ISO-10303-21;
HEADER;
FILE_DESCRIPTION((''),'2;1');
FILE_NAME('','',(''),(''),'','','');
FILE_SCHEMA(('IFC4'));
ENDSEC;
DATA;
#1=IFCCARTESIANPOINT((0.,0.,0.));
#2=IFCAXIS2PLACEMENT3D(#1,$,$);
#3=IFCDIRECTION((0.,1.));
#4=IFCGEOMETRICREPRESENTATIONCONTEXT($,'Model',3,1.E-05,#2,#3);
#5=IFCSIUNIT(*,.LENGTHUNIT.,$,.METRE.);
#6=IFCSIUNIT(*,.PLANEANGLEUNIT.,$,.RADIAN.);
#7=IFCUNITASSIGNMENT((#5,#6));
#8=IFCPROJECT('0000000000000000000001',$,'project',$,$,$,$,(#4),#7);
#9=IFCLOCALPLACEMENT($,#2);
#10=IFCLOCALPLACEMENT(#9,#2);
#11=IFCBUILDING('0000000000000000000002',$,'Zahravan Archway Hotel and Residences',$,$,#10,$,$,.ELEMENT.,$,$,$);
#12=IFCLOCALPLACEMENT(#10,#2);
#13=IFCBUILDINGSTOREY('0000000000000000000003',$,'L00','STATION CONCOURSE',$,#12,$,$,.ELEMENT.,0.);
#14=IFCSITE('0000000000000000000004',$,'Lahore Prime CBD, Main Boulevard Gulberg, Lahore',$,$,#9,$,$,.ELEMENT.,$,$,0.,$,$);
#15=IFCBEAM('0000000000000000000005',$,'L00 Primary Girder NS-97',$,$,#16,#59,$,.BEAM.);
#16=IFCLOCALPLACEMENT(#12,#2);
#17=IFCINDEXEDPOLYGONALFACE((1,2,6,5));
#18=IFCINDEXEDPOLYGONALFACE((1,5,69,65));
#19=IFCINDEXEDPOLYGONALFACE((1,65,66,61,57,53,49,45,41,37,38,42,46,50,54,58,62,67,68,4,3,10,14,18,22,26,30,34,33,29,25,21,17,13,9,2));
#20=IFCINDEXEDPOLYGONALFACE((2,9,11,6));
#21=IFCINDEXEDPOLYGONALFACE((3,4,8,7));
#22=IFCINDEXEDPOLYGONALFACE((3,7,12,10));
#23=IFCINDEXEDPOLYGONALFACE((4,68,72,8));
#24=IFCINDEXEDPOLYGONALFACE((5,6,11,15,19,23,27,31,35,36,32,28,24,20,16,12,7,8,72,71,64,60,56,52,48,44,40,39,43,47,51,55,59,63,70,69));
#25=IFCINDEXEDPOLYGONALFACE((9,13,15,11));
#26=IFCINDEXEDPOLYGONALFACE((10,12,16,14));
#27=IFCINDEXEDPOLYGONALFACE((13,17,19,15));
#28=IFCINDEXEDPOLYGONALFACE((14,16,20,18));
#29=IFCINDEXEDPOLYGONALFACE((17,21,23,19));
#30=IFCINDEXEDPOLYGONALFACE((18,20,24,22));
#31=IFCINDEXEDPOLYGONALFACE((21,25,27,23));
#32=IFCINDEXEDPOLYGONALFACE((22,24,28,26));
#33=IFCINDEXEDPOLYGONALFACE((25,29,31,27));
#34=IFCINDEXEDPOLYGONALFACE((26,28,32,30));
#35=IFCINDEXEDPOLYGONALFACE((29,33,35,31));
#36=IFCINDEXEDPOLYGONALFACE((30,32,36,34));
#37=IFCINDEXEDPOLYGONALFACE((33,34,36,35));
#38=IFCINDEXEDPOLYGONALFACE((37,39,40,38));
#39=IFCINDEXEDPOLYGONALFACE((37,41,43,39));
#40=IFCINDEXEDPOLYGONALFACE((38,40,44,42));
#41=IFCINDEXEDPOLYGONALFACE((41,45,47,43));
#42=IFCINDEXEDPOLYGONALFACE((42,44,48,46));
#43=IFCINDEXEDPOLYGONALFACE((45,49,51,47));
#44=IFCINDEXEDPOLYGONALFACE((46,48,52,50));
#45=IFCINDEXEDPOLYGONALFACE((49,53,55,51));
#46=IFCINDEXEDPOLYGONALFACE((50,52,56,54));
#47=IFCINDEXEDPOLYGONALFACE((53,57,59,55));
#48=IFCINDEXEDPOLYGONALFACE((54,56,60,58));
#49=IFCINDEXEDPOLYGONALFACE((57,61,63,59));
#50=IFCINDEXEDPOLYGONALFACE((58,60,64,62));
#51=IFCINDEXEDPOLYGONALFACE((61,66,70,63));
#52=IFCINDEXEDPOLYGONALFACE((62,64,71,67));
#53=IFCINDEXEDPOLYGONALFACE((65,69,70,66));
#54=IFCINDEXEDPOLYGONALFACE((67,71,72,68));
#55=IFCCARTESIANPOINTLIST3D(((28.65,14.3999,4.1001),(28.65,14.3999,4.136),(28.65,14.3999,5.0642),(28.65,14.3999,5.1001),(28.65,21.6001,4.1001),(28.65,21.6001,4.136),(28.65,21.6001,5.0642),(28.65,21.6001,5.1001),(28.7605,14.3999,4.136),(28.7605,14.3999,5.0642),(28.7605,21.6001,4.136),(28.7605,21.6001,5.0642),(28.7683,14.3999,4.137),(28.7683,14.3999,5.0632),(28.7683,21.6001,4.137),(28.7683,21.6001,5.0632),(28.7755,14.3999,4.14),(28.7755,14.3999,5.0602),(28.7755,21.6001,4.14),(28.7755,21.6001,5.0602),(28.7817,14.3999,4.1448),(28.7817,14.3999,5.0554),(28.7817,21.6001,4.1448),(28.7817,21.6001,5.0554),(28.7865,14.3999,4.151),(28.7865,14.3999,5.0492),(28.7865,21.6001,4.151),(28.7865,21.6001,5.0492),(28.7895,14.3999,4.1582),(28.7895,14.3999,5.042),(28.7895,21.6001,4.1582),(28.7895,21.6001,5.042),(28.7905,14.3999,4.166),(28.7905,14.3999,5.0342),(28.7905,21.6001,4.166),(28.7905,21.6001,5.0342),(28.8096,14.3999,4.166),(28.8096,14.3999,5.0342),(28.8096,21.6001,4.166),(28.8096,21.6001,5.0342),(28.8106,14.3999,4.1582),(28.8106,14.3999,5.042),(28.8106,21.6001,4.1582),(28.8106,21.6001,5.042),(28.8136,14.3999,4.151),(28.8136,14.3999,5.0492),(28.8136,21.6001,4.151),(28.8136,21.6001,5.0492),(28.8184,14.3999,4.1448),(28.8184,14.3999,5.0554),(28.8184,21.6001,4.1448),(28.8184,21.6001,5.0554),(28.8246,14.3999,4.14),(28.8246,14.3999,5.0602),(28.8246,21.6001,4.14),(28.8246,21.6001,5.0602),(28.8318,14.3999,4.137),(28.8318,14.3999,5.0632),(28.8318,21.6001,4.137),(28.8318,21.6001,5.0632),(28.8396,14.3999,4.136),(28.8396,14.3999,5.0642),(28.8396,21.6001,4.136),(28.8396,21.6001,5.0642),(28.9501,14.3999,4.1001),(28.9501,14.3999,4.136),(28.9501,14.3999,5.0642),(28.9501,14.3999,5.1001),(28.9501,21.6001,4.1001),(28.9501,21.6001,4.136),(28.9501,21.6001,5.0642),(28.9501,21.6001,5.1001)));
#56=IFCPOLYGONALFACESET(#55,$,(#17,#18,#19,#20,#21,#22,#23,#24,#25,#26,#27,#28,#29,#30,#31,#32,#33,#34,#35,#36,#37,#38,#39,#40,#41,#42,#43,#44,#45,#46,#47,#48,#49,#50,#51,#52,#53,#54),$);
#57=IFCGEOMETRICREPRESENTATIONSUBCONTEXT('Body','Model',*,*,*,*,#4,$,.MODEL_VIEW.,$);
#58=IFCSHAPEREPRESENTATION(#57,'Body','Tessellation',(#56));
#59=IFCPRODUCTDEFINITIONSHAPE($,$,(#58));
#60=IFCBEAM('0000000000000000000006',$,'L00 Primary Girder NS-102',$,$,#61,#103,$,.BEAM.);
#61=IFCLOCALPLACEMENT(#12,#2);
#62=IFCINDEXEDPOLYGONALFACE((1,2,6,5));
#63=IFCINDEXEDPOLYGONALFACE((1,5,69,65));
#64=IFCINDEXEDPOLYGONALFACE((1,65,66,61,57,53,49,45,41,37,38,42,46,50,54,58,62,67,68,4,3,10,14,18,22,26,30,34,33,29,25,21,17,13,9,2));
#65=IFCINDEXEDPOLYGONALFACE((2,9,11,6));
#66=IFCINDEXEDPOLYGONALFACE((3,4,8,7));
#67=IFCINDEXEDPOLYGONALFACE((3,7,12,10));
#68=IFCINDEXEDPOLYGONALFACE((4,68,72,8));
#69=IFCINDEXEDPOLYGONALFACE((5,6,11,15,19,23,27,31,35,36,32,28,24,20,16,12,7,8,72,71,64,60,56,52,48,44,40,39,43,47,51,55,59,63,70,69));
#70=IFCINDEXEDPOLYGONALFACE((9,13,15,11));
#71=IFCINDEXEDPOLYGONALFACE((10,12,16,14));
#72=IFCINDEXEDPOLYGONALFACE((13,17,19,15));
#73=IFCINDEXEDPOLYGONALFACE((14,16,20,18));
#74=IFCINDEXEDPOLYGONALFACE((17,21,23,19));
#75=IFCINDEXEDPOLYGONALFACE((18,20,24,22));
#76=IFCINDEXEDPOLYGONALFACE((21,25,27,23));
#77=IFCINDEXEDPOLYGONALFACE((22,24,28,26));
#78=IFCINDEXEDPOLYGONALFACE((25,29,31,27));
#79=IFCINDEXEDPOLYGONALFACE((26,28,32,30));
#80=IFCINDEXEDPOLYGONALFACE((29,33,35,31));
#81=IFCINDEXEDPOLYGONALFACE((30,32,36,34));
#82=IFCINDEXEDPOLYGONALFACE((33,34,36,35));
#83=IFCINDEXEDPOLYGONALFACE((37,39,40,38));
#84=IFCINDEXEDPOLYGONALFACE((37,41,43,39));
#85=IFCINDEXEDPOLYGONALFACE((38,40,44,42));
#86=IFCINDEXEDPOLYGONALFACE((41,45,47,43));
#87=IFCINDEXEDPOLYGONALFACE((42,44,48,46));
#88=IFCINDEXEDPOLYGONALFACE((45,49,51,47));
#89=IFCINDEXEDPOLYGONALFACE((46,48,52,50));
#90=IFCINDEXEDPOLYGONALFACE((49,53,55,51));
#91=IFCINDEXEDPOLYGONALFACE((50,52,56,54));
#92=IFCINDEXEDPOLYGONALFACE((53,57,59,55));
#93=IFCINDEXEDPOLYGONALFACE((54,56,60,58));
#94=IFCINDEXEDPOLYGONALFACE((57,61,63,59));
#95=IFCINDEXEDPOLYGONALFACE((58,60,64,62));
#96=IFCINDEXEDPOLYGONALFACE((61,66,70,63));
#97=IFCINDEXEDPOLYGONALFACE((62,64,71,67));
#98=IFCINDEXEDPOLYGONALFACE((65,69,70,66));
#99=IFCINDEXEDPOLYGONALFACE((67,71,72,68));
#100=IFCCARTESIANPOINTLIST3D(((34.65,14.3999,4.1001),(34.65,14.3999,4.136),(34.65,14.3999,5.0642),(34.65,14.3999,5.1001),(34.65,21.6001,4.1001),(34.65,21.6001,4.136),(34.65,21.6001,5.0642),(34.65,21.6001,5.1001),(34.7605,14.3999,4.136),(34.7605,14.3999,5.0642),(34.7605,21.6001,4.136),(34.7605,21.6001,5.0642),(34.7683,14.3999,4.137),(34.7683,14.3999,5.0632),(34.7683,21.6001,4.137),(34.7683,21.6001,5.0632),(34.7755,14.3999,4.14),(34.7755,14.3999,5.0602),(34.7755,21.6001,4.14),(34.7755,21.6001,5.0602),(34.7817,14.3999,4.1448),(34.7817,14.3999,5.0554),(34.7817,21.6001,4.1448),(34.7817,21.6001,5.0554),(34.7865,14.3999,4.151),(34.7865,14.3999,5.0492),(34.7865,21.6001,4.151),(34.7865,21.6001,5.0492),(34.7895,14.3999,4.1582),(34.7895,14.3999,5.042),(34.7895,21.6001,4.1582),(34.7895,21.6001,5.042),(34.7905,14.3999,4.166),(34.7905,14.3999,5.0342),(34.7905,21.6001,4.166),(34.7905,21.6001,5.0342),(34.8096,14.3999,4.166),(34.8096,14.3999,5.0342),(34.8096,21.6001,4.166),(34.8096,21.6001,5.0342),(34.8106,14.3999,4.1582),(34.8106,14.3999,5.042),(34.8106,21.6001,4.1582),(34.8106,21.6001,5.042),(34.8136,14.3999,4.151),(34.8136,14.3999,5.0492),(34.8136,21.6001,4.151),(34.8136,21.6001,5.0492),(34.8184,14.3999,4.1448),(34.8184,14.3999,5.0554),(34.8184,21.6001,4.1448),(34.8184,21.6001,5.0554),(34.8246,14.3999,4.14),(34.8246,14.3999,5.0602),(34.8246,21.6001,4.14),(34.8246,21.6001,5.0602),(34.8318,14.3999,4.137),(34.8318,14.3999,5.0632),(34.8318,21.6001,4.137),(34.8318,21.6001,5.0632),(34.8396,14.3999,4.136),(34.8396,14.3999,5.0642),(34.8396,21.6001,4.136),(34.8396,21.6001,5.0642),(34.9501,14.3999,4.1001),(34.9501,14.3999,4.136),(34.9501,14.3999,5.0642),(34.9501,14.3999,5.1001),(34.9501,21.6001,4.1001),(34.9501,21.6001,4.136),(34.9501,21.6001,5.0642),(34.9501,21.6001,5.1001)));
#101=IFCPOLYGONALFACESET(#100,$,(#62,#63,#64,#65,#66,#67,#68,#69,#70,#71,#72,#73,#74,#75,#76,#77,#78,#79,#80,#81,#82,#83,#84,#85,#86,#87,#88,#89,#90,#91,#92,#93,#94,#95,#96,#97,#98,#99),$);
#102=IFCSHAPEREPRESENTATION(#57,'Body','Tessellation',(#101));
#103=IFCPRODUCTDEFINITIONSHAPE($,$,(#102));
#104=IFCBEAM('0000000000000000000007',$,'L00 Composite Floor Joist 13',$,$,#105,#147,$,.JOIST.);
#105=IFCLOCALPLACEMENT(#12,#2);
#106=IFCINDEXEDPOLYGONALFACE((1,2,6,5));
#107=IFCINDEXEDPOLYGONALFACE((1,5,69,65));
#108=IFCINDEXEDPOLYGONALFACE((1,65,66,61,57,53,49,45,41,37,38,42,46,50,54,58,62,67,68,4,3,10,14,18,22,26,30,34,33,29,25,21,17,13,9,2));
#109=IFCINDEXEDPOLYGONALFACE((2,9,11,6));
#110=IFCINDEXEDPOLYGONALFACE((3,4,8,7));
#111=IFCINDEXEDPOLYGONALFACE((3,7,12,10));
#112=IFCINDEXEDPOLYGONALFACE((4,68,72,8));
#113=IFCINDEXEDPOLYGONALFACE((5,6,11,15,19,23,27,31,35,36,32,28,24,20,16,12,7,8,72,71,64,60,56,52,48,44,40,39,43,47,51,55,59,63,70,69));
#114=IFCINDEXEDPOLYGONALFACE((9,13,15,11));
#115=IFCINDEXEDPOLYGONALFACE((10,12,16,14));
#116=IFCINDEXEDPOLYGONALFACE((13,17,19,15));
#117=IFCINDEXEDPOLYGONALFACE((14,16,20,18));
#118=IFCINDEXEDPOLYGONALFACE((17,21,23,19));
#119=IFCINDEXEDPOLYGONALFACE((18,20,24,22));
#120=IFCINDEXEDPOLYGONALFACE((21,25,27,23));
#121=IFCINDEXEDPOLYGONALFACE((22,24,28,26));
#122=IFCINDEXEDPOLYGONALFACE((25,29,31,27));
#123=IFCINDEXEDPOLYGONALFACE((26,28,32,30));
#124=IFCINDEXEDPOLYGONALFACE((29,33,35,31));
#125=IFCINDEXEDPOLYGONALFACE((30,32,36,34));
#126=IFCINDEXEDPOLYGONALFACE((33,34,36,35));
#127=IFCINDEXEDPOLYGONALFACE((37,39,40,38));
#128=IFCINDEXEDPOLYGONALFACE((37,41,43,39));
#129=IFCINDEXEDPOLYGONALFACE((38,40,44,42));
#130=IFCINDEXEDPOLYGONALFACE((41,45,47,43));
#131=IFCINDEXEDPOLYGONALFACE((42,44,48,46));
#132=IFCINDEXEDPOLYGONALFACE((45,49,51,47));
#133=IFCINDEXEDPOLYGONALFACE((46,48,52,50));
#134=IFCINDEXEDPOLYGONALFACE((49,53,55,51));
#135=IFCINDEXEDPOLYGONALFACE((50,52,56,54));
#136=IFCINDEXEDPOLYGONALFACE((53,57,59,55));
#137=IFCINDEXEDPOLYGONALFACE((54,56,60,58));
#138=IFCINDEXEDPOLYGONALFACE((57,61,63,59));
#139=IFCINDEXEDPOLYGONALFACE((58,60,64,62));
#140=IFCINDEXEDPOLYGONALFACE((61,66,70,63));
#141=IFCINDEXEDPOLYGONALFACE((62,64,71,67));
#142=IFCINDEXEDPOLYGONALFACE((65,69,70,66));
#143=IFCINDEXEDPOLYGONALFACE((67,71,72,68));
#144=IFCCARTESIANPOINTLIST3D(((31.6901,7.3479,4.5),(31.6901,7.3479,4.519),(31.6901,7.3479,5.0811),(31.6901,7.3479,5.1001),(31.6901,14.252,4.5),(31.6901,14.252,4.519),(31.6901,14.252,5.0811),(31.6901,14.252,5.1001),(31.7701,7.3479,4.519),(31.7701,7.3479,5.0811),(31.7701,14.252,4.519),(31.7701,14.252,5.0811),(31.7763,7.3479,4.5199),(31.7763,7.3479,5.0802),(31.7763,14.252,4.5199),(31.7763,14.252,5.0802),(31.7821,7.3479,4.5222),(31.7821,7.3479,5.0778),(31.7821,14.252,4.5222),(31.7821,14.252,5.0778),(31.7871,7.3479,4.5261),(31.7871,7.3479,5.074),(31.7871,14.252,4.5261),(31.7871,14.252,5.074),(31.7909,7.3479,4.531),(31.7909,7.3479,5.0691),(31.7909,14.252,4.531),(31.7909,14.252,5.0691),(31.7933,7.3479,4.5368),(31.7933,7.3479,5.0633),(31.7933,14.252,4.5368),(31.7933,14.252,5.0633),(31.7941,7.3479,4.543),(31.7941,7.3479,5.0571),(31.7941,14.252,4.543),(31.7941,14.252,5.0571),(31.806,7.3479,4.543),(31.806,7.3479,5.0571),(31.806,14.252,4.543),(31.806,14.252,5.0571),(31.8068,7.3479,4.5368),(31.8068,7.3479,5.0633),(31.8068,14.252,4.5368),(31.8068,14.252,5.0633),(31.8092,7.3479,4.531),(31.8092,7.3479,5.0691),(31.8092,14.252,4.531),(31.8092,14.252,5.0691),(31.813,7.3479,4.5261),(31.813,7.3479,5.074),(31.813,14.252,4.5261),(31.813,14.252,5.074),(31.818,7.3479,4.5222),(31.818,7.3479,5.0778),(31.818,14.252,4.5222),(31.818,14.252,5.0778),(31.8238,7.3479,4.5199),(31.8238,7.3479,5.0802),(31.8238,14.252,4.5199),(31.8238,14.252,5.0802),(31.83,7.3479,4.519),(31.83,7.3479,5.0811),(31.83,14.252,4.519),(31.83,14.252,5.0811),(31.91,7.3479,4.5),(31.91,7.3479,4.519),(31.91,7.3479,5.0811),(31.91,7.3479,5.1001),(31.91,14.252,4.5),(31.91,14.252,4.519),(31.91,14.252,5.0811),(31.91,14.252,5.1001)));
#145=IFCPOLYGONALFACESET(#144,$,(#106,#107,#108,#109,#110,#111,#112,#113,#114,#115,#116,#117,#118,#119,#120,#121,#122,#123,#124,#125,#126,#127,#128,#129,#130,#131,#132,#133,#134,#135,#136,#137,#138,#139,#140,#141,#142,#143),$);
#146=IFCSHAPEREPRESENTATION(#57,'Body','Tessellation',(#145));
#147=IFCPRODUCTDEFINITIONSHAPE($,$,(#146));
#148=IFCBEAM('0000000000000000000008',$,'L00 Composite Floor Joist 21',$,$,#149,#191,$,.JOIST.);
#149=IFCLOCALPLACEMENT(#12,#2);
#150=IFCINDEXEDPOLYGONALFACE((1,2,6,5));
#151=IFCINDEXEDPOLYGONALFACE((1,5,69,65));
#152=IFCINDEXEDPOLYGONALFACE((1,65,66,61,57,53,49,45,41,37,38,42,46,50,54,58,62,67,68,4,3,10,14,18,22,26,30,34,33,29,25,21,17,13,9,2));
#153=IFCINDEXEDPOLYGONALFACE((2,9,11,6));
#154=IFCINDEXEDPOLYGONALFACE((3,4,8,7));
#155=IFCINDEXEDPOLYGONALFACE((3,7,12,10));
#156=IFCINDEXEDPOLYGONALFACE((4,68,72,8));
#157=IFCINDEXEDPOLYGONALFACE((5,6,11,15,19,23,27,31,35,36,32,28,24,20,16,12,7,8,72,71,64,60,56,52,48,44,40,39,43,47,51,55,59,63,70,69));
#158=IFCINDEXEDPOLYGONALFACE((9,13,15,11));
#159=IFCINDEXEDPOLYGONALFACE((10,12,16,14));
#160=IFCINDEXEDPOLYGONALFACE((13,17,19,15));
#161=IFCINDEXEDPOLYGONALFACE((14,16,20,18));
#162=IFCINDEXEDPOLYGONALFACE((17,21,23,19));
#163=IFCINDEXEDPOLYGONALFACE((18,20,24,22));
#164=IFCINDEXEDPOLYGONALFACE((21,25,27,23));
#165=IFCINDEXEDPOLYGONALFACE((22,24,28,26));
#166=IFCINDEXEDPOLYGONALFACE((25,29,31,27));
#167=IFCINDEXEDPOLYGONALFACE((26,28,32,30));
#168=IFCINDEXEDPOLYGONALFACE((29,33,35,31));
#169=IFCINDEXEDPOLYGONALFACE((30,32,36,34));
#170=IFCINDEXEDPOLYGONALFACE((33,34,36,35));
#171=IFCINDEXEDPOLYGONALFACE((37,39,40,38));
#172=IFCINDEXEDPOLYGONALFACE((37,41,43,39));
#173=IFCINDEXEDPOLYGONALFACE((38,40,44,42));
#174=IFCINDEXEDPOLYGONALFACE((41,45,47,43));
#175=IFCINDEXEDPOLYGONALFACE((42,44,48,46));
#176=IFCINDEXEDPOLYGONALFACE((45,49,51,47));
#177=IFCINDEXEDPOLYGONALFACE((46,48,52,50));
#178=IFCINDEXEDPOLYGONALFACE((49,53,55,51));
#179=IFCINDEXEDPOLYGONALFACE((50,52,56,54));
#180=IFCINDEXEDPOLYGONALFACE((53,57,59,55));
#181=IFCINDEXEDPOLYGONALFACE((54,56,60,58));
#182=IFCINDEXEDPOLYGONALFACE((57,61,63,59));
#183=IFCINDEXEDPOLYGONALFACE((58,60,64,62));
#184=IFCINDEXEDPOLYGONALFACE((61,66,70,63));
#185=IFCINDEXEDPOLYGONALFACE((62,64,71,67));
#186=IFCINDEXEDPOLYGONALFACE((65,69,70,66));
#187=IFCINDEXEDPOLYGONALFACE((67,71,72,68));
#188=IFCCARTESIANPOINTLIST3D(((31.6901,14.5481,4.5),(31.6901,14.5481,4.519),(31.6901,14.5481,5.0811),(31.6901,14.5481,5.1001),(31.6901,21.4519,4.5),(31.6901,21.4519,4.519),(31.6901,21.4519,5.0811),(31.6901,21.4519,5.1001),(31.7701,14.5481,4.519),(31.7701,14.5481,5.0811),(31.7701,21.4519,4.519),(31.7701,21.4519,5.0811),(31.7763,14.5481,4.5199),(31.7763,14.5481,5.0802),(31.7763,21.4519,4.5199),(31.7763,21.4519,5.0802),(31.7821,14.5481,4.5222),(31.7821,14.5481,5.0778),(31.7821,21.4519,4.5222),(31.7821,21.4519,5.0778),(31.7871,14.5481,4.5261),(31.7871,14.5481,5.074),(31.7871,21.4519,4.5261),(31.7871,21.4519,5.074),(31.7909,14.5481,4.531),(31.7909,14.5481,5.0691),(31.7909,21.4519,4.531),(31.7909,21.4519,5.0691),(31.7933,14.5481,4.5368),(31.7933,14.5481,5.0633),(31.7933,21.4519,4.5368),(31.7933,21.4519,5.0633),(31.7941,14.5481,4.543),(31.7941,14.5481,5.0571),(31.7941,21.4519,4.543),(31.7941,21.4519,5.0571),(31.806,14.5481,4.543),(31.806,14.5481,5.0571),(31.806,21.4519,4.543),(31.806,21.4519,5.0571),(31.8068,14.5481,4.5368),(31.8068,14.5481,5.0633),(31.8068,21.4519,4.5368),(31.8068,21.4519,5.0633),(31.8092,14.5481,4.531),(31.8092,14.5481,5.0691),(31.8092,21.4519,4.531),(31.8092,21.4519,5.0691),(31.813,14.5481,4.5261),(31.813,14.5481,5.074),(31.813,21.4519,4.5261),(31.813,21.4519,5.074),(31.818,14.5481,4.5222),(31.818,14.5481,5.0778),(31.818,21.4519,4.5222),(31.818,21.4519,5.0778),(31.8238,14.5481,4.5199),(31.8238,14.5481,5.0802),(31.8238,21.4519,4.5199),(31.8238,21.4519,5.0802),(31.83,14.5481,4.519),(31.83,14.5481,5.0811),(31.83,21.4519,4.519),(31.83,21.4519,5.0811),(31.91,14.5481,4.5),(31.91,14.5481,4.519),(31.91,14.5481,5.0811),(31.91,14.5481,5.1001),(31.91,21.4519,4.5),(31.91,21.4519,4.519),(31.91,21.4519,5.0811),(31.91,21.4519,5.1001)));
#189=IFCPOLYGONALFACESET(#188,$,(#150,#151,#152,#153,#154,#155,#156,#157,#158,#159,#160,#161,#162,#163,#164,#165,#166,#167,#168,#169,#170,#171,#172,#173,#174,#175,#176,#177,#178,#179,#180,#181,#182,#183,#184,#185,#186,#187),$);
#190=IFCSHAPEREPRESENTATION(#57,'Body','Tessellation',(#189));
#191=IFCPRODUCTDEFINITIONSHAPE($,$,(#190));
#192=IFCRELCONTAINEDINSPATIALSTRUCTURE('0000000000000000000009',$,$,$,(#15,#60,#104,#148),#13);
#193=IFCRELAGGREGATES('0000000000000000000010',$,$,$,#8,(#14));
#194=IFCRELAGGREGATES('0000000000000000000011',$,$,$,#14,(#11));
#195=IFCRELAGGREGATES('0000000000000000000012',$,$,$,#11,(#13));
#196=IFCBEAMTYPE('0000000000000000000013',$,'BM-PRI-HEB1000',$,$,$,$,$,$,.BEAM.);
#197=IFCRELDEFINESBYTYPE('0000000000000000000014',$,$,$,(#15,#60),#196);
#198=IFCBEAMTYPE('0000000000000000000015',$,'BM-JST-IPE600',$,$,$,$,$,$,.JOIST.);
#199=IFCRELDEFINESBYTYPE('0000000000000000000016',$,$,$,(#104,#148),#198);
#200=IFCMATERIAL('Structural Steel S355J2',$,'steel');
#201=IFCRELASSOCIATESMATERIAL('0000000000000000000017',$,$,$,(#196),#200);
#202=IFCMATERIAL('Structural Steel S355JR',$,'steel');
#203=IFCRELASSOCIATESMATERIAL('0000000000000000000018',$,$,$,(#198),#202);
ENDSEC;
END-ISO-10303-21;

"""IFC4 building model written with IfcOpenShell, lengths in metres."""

from ifc_helpers import new_model, si_unit, direction, frame, origin, origin_2d, place, context, subcontext, project, spatial, i_section, extrude, source, transform, mapped, material, material_profile, profile_set, type_object, type_shapes, element, save


model = new_model("IFC4")

# Units and contexts
model_context = context("Model", 3, precision=1e-05, world=origin(), true_north=direction((0.0, 1.0)))
body_context = subcontext(model_context, "Body", "Model", "MODEL_VIEW")
ifc_project = project(units=[si_unit("LENGTHUNIT", "METRE"), si_unit("PLANEANGLEUNIT", "RADIAN")], contexts=[model_context])

# Site, building, storey
site_placement = place(None, origin())
site = spatial("IfcSite", under=ifc_project, at=site_placement, Name="Lahore Prime CBD, Main Boulevard Gulberg, Lahore", CompositionType="ELEMENT", RefElevation=0.0)
building_placement = place(site_placement, origin())
building = spatial("IfcBuilding", under=site, at=building_placement, Name="Zahravan Archway Hotel and Residences", CompositionType="ELEMENT")
storey_placement = place(building_placement, origin())
storey = spatial("IfcBuildingStorey", under=building, at=storey_placement, Name="L00", Description="STATION CONCOURSE", CompositionType="ELEMENT", Elevation=0.0)

# Beams
ifc_material_1 = material(Name="Structural Steel S355J2", Category="steel")
ifc_material_profile_1 = material_profile(ifc_material_1, i_section(OverallWidth=0.3, OverallDepth=1.0, WebThickness=0.019, FlangeThickness=0.0359, FilletRadius=0.03, at=origin_2d()), Name="HEB 1000", Category="steel")
ifc_profile_set_1 = profile_set([ifc_material_profile_1], Name="Structural Steel S355J2")
beam_type_1 = type_object("IfcBeamType", Name="BM-PRI-HEB1000", PredefinedType="BEAM", material=ifc_profile_set_1)
shared_shape_1 = source(origin(), body_context, "Body", "SweptSolid", [
    extrude(i_section(OverallWidth=0.3, OverallDepth=1.0, WebThickness=0.019, FlangeThickness=0.0359, FilletRadius=0.03, at=origin_2d()), origin(), (0.0, 0.0, 1.0), 7.2002),
])
for number, where, z_axis, x_axis, name in (
    (1, (28.8, 14.3999, 4.6001), (0.0, 1.0, 0.0), (-1.0, 0.0, 0.0), "L00 Primary Girder NS-97"),
    (2, (34.8, 14.3999, 4.6001), (0.0, 1.0, 0.0), (-1.0, 0.0, 0.0), "L00 Primary Girder NS-102"),
):
    element("IfcBeam", number, at=place(storey_placement, frame(where, z_axis=z_axis, x_axis=x_axis)), inside=storey, type_object=beam_type_1, Name=name, PredefinedType="BEAM", context=body_context, shape_type="MappedRepresentation", body=[
        mapped(shared_shape_1, transform((0.0, 0.0, 0.0), scale=1.0)),
    ])
ifc_material_2 = material(Name="Structural Steel S355JR", Category="steel")
ifc_material_profile_2 = material_profile(ifc_material_2, i_section(OverallWidth=0.22, OverallDepth=0.6001, WebThickness=0.012, FlangeThickness=0.019, FilletRadius=0.0239, at=origin_2d()), Name="IPE 600", Category="steel")
ifc_profile_set_2 = profile_set([ifc_material_profile_2], Name="Structural Steel S355JR")
beam_type_2 = type_object("IfcBeamType", Name="BM-JST-IPE600", PredefinedType="JOIST", material=ifc_profile_set_2)
shared_shape_2 = source(origin(), body_context, "Body", "SweptSolid", [
    extrude(i_section(OverallWidth=0.22, OverallDepth=0.6001, WebThickness=0.012, FlangeThickness=0.019, FilletRadius=0.0239, at=origin_2d()), origin(), (0.0, 0.0, 1.0), 6.9041),
])
type_shapes(beam_type_2, [shared_shape_2])
beam_1_placement = place(storey_placement, frame((31.8, 7.3479, 4.8), z_axis=(0.0, 1.0, 0.0), x_axis=(-1.0, 0.0, 0.0)))
element("IfcBeam", 3, at=beam_1_placement, inside=storey, type_object=beam_type_2, Name="L00 Composite Floor Joist 13", PredefinedType="JOIST", context=body_context, shape_type="MappedRepresentation", body=[
    mapped(shared_shape_2, transform((0.0, 0.0, 0.0), scale=1.0)),
])
shared_shape_3 = source(origin(), body_context, "Body", "SweptSolid", [
    extrude(i_section(OverallWidth=0.22, OverallDepth=0.6001, WebThickness=0.012, FlangeThickness=0.019, FilletRadius=0.0239, at=origin_2d()), origin(), (0.0, 0.0, 1.0), 6.9038),
])
beam_2_placement = place(storey_placement, frame((31.8, 14.5481, 4.8), z_axis=(0.0, 1.0, 0.0), x_axis=(-1.0, 0.0, 0.0)))
element("IfcBeam", 4, at=beam_2_placement, inside=storey, type_object=beam_type_2, Name="L00 Composite Floor Joist 21", PredefinedType="JOIST", context=body_context, shape_type="MappedRepresentation", body=[
    mapped(shared_shape_3, transform((0.0, 0.0, 0.0), scale=1.0)),
])

save(model, "model.ifc")
